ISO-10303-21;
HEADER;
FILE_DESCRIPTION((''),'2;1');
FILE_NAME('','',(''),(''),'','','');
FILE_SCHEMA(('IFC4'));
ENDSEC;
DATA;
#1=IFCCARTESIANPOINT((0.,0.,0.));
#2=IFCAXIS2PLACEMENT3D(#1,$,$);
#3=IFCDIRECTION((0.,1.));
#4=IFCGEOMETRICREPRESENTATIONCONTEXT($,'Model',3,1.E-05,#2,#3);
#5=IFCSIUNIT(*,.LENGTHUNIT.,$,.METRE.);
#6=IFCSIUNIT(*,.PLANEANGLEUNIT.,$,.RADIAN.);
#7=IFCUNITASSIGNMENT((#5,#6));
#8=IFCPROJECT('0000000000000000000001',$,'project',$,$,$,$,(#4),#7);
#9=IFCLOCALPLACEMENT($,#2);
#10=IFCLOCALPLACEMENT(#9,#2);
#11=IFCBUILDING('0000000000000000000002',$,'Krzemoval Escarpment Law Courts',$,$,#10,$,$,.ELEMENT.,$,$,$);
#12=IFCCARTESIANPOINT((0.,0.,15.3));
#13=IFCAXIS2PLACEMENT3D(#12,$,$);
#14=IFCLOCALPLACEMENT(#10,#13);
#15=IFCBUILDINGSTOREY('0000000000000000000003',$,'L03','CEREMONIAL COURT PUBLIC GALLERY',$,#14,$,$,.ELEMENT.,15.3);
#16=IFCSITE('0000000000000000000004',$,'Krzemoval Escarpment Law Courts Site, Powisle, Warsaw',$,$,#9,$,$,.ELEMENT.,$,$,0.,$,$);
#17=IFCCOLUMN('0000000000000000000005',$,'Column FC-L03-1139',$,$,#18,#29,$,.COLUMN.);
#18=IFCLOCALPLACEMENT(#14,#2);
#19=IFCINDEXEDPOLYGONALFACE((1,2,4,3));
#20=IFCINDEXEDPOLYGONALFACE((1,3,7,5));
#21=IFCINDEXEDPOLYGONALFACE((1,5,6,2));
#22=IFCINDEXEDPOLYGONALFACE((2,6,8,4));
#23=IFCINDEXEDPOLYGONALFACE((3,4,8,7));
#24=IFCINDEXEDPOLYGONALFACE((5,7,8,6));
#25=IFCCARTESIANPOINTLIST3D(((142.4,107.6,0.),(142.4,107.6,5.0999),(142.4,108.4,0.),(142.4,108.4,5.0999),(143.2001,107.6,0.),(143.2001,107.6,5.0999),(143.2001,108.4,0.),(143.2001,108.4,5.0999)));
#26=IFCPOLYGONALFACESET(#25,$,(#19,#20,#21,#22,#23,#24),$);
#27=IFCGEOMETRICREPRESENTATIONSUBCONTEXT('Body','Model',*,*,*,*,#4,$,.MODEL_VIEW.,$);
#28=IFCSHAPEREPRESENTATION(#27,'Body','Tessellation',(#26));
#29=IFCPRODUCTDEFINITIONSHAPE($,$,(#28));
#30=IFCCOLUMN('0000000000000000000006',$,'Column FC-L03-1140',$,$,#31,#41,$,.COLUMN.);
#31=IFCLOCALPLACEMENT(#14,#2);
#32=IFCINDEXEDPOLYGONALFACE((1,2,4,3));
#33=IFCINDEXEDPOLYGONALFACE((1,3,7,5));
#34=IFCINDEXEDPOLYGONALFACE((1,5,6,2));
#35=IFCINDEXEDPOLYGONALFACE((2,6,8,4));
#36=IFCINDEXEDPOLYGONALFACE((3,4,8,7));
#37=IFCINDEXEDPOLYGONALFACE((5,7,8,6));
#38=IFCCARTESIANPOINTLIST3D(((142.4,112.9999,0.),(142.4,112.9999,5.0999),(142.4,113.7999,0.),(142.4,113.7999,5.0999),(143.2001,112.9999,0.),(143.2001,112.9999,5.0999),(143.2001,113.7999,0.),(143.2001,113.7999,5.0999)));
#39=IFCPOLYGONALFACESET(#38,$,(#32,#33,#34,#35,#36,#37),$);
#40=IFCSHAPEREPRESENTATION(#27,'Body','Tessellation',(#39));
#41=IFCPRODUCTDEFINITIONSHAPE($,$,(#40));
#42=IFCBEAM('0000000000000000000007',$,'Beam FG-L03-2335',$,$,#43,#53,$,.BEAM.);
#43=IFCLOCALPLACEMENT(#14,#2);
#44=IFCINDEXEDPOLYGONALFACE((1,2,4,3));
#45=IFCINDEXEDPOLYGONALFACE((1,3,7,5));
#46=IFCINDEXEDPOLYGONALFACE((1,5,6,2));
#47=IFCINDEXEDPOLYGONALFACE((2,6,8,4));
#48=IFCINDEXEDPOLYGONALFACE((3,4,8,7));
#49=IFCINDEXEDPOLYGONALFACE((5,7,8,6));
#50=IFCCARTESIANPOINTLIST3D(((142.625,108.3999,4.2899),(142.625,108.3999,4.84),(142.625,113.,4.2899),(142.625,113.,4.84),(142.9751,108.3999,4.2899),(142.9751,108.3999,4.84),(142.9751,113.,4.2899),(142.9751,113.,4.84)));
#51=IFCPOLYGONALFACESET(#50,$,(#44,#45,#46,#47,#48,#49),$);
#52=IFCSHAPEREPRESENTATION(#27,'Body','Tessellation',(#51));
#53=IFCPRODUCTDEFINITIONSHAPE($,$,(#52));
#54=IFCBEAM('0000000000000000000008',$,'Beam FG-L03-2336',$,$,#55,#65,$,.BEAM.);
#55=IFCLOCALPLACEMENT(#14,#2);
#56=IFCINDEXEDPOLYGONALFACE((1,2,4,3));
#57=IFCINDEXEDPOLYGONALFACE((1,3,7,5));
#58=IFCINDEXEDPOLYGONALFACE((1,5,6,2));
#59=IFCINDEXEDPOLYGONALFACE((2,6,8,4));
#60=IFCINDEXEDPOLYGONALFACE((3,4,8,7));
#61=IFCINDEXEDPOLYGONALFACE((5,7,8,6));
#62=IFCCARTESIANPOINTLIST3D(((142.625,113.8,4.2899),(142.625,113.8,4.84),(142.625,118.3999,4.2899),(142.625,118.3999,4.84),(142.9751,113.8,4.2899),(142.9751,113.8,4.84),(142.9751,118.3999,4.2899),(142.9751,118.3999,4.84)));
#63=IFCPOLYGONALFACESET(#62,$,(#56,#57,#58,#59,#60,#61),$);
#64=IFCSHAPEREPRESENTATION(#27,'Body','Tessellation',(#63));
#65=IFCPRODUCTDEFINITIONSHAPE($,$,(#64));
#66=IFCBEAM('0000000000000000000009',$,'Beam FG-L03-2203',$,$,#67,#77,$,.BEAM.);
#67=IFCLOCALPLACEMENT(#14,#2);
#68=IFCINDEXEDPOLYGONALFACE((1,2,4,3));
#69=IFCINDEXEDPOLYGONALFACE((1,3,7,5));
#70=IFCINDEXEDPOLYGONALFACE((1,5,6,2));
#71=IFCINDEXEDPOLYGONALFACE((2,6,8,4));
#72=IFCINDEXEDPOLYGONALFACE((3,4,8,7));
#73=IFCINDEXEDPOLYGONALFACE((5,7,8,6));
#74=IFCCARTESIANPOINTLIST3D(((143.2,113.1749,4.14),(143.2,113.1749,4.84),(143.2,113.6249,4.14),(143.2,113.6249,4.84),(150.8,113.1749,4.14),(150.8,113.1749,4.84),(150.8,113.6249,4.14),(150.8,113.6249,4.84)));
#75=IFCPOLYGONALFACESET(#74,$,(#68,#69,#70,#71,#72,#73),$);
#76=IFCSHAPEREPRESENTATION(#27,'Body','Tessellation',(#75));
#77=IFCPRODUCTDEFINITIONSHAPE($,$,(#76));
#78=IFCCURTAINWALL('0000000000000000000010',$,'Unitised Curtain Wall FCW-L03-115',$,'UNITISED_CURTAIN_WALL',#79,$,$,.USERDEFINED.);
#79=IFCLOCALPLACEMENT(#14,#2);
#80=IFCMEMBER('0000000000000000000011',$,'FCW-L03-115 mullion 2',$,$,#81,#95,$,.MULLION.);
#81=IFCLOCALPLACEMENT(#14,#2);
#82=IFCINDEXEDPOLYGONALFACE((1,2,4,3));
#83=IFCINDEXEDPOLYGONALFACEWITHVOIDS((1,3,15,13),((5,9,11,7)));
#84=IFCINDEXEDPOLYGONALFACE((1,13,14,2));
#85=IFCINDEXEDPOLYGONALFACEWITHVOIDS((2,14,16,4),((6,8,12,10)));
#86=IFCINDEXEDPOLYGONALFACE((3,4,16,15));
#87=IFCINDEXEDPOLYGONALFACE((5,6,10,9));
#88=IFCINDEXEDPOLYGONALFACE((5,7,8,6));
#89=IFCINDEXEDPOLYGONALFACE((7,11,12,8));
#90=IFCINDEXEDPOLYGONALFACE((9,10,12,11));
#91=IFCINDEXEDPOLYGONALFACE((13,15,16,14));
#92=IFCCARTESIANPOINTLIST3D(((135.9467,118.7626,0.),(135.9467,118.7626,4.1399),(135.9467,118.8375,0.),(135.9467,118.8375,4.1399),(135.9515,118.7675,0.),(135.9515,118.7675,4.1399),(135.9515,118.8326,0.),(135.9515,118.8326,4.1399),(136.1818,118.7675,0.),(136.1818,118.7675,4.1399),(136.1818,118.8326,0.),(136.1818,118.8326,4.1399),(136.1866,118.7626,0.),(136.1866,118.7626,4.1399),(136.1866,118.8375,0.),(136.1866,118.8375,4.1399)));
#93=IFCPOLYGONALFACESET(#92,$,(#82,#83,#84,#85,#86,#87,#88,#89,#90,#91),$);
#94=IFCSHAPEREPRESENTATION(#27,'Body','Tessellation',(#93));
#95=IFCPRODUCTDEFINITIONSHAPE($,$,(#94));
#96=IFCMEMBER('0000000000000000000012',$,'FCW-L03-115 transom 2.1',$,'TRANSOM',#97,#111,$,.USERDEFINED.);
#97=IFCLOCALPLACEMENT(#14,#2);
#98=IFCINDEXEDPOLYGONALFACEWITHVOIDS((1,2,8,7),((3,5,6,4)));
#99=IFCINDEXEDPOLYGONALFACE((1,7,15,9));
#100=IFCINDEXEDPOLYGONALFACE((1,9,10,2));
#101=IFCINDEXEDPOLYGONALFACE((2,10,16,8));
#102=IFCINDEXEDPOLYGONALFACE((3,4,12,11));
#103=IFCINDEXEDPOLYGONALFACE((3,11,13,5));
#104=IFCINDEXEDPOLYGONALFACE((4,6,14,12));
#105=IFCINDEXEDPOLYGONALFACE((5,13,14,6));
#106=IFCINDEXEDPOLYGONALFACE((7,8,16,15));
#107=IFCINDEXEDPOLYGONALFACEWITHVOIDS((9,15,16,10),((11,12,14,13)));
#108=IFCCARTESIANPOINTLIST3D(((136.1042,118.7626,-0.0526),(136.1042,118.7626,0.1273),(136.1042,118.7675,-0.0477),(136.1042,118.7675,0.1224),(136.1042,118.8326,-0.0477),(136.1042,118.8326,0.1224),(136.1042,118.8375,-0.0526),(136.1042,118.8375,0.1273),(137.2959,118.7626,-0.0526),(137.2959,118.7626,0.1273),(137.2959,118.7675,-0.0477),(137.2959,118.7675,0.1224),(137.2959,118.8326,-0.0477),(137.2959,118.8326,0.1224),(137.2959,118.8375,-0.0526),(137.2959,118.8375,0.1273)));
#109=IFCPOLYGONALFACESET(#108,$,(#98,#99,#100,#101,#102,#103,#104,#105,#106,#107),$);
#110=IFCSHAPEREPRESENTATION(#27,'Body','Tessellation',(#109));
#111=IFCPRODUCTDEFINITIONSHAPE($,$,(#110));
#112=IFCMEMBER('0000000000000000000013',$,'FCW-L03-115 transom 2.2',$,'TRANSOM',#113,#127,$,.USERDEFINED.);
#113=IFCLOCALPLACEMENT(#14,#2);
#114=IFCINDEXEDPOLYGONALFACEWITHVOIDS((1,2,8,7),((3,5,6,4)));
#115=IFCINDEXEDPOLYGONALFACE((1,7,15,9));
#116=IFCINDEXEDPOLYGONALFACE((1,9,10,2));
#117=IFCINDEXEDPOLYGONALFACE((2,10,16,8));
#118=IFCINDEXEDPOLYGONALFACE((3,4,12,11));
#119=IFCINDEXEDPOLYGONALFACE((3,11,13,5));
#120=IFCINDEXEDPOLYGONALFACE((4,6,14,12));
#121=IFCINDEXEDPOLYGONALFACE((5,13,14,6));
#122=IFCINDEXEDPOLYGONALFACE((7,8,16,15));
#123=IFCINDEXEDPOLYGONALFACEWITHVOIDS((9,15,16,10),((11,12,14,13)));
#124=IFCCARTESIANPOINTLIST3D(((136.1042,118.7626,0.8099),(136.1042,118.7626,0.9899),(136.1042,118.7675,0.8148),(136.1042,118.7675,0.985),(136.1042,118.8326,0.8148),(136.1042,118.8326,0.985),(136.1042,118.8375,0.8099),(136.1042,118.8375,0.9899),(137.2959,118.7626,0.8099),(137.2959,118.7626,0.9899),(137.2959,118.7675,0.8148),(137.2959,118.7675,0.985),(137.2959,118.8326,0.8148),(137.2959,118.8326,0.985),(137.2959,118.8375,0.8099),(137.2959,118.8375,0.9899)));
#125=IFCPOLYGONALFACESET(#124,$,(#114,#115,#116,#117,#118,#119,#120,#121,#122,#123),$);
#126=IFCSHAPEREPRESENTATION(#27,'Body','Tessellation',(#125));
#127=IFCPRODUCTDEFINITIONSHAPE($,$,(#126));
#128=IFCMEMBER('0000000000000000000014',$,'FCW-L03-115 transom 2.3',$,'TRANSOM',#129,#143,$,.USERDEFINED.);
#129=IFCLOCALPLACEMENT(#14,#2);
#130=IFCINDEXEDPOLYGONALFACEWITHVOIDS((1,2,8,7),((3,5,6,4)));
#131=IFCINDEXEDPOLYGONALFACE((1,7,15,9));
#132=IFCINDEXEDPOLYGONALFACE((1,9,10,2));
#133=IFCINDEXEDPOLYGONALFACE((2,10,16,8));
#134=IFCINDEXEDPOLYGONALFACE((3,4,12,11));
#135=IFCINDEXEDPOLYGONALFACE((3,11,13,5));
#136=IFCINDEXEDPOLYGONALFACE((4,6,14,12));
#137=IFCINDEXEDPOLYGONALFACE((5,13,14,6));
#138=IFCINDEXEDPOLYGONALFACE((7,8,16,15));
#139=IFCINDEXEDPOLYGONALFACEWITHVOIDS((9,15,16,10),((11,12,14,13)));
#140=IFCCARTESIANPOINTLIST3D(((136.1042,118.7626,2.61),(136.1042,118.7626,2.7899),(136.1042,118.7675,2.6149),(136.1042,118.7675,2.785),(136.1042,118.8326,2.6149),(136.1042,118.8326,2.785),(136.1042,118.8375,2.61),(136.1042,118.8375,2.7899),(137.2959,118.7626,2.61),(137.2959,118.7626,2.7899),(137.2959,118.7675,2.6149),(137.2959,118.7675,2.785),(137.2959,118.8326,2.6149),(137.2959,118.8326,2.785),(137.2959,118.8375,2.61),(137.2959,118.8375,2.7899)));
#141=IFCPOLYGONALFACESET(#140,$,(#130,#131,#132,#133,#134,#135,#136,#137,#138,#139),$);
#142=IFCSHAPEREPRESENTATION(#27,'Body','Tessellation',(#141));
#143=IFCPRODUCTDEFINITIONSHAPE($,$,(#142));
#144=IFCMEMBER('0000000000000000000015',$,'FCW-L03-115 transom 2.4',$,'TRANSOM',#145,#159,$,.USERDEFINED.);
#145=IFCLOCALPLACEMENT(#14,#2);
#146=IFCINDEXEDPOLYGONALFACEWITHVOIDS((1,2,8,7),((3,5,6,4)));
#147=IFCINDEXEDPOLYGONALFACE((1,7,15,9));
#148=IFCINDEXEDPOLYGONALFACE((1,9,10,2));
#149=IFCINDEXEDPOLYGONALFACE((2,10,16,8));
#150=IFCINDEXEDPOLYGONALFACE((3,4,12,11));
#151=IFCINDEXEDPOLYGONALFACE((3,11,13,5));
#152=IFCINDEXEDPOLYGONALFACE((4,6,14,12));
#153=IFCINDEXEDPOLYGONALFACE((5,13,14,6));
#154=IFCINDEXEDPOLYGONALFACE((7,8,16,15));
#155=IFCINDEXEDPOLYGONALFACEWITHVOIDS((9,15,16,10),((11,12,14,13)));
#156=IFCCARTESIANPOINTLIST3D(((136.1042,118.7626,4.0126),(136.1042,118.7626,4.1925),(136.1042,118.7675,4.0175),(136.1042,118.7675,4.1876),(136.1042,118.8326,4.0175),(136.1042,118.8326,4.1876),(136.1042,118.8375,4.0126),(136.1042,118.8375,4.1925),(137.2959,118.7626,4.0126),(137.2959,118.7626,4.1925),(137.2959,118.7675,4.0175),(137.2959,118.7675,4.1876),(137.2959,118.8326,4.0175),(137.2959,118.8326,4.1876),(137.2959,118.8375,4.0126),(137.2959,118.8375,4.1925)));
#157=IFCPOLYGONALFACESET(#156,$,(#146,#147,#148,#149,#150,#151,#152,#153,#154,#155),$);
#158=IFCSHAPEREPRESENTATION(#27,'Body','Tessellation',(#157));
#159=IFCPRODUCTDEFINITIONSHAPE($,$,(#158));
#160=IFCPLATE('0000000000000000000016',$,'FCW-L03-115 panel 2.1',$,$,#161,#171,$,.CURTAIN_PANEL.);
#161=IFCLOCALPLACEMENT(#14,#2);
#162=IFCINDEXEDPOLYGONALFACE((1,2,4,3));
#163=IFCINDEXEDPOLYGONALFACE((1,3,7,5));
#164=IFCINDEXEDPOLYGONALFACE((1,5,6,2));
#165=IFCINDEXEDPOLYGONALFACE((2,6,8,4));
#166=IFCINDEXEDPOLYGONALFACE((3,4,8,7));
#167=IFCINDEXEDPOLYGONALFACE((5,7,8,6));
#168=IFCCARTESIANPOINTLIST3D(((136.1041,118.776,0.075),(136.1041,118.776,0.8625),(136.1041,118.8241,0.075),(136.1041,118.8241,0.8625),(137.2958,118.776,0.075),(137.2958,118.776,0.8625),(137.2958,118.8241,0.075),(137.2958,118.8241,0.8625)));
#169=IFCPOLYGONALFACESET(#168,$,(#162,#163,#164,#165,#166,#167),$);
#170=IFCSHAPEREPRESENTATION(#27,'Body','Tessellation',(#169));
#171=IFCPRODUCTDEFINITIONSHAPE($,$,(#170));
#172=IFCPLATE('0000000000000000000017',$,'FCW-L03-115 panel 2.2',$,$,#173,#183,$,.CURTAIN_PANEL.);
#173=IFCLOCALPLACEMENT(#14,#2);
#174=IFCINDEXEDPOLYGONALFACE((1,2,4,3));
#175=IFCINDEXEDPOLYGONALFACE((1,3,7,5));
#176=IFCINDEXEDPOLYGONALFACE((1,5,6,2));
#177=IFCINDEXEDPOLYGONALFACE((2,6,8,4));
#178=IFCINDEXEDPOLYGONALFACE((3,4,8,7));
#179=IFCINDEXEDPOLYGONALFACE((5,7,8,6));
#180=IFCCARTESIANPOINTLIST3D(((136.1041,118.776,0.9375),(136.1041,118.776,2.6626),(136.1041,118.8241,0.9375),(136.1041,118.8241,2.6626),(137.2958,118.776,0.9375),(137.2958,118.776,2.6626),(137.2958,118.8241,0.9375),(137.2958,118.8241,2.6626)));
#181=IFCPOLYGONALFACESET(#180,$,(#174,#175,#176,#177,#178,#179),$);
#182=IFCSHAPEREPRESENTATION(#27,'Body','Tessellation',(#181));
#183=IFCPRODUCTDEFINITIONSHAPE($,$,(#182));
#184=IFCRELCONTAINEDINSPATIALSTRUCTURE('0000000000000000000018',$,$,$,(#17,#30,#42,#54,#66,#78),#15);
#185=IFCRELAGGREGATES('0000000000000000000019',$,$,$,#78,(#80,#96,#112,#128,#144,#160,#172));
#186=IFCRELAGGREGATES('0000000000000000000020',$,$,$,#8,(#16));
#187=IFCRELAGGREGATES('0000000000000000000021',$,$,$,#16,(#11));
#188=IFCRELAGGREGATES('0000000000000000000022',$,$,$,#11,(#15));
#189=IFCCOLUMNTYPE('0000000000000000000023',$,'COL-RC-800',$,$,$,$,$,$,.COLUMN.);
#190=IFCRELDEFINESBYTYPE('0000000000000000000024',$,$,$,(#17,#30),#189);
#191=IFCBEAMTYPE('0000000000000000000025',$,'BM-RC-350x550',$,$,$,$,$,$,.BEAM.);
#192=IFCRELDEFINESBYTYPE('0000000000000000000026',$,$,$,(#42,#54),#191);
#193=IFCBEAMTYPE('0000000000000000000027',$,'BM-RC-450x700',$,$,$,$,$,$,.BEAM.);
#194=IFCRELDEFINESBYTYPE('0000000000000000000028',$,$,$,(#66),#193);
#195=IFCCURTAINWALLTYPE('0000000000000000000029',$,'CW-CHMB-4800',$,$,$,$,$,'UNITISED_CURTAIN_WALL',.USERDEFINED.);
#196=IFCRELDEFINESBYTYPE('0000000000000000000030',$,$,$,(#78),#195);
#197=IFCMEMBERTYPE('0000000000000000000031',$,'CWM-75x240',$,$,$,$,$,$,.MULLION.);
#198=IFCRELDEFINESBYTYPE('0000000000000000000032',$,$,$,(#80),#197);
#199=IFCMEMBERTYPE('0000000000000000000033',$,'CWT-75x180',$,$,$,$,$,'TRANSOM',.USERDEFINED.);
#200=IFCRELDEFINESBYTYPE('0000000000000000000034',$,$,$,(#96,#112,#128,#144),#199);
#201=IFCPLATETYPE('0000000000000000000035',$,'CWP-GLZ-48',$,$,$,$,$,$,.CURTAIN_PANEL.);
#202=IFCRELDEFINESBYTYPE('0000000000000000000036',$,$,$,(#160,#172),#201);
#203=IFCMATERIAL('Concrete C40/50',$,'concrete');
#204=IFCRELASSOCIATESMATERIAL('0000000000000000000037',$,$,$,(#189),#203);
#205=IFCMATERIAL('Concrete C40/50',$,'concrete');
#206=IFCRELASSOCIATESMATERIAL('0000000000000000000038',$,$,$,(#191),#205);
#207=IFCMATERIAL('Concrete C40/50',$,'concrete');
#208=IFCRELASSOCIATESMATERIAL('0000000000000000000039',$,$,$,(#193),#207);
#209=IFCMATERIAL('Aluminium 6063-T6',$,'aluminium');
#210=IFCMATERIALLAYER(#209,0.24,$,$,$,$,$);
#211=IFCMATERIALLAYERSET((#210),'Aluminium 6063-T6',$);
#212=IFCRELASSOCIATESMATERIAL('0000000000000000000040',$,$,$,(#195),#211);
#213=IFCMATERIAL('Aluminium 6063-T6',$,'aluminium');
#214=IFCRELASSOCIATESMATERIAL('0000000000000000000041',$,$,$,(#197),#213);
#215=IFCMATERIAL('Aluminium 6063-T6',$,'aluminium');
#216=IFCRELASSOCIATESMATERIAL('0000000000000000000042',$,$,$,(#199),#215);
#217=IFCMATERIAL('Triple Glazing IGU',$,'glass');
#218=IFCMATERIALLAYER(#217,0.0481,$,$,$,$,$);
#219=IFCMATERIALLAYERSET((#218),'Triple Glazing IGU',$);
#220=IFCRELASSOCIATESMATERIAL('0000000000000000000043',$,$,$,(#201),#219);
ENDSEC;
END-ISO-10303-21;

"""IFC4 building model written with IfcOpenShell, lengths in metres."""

from ifc_helpers import new_model, si_unit, direction, frame, origin, origin_2d, place, context, subcontext, project, spatial, rectangle, hollow_rectangle, extrude, material, layer, layer_set, material_profile, profile_set, type_object, element, aggregate, save


model = new_model("IFC4")

# Units and contexts
model_context = context("Model", 3, precision=1e-05, world=origin(), true_north=direction((0.0, 1.0)))
body_context = subcontext(model_context, "Body", "Model", "MODEL_VIEW")
ifc_project = project(units=[si_unit("LENGTHUNIT", "METRE"), si_unit("PLANEANGLEUNIT", "RADIAN")], contexts=[model_context])

# Site, building, storey
site_placement = place(None, origin())
site = spatial("IfcSite", under=ifc_project, at=site_placement, Name="Krzemoval Escarpment Law Courts Site, Powisle, Warsaw", CompositionType="ELEMENT", RefElevation=0.0)
building_placement = place(site_placement, origin())
building = spatial("IfcBuilding", under=site, at=building_placement, Name="Krzemoval Escarpment Law Courts", CompositionType="ELEMENT")
storey_placement = place(building_placement, frame((0.0, 0.0, 15.3)))
storey = spatial("IfcBuildingStorey", under=building, at=storey_placement, Name="L03", Description="CEREMONIAL COURT PUBLIC GALLERY", CompositionType="ELEMENT", Elevation=15.3)

# Columns
ifc_material_1 = material(Name="Concrete C40/50", Category="concrete")
ifc_material_profile_1 = material_profile(ifc_material_1, rectangle(XDim=0.8, YDim=0.8, at=origin_2d()), Name="RC 800x800")
ifc_profile_set_1 = profile_set([ifc_material_profile_1], Name="Concrete C40/50")
column_type = type_object("IfcColumnType", Name="COL-RC-800", PredefinedType="COLUMN", material=ifc_profile_set_1)
for number, where, z_axis, x_axis, name in (
    (1, (142.8, 108.0, 0.0), (0.0, 0.0, 1.0), (1.0, 0.0, 0.0), "Column FC-L03-1139"),
    (2, (142.8, 113.3999, 0.0), (0.0, 0.0, 1.0), (1.0, 0.0, 0.0), "Column FC-L03-1140"),
):
    element("IfcColumn", number, at=place(storey_placement, frame(where, z_axis=z_axis, x_axis=x_axis)), inside=storey, type_object=column_type, Name=name, PredefinedType="COLUMN", context=body_context, shape_type="SweptSolid", body=[
        extrude(rectangle(XDim=0.8, YDim=0.8, at=origin_2d()), origin(), (0.0, 0.0, 1.0), 5.0999),
    ])

# Beams
ifc_material_2 = material(Name="Concrete C40/50", Category="concrete")
ifc_material_profile_2 = material_profile(ifc_material_2, rectangle(XDim=0.3501, YDim=0.55, at=origin_2d()), Name="RCB 350x550")
ifc_profile_set_2 = profile_set([ifc_material_profile_2], Name="Concrete C40/50")
beam_type_1 = type_object("IfcBeamType", Name="BM-RC-350x550", PredefinedType="BEAM", material=ifc_profile_set_2)
beam_1_placement = place(storey_placement, frame((142.8, 108.3999, 4.5649), z_axis=(0.0, 1.0, 0.0), x_axis=(-1.0, 0.0, 0.0)))
element("IfcBeam", 3, at=beam_1_placement, inside=storey, type_object=beam_type_1, Name="Beam FG-L03-2335", PredefinedType="BEAM", context=body_context, shape_type="SweptSolid", body=[
    extrude(rectangle(XDim=0.3501, YDim=0.55, at=origin_2d()), origin(), (0.0, 0.0, 1.0), 4.6001),
])
beam_2_placement = place(storey_placement, frame((142.8, 113.8, 4.5649), z_axis=(0.0, 1.0, 0.0), x_axis=(-1.0, 0.0, 0.0)))
element("IfcBeam", 4, at=beam_2_placement, inside=storey, type_object=beam_type_1, Name="Beam FG-L03-2336", PredefinedType="BEAM", context=body_context, shape_type="SweptSolid", body=[
    extrude(rectangle(XDim=0.3501, YDim=0.55, at=origin_2d()), origin(), (0.0, 0.0, 1.0), 4.5999),
])
ifc_material_3 = material(Name="Concrete C40/50", Category="concrete")
ifc_material_profile_3 = material_profile(ifc_material_3, rectangle(XDim=0.45, YDim=0.7, at=origin_2d()), Name="RCB 450x700")
ifc_profile_set_3 = profile_set([ifc_material_profile_3], Name="Concrete C40/50")
beam_type_2 = type_object("IfcBeamType", Name="BM-RC-450x700", PredefinedType="BEAM", material=ifc_profile_set_3)
beam_3_placement = place(storey_placement, frame((143.2, 113.3999, 4.49), z_axis=(1.0, 0.0, 0.0), x_axis=(0.0, 1.0, 0.0)))
element("IfcBeam", 5, at=beam_3_placement, inside=storey, type_object=beam_type_2, Name="Beam FG-L03-2203", PredefinedType="BEAM", context=body_context, shape_type="SweptSolid", body=[
    extrude(rectangle(XDim=0.45, YDim=0.7, at=origin_2d()), origin(), (0.0, 0.0, 1.0), 7.6001),
])

# Curtain wall, members, plates
ifc_material_4 = material(Name="Aluminium 6063-T6", Category="aluminium")
ifc_layer_1 = layer(ifc_material_4, 0.24)
ifc_layer_set_1 = layer_set([ifc_layer_1], Name="Aluminium 6063-T6")
curtain_wall_type = type_object("IfcCurtainWallType", Name="CW-CHMB-4800", ElementType="UNITISED_CURTAIN_WALL", PredefinedType="USERDEFINED", material=ifc_layer_set_1)
curtain_wall_placement = place(storey_placement, origin())
curtain_wall = element("IfcCurtainWall", 6, at=curtain_wall_placement, inside=storey, type_object=curtain_wall_type, Name="Unitised Curtain Wall FCW-L03-115", ObjectType="UNITISED_CURTAIN_WALL", PredefinedType="USERDEFINED")
ifc_material_5 = material(Name="Aluminium 6063-T6", Category="aluminium")
ifc_material_profile_4 = material_profile(ifc_material_5, hollow_rectangle(XDim=0.075, YDim=0.24, WallThickness=0.0049, at=origin_2d()), Name="ALU M75x240")
ifc_profile_set_4 = profile_set([ifc_material_profile_4], Name="Aluminium 6063-T6")
member_type_1 = type_object("IfcMemberType", Name="CWM-75x240", PredefinedType="MULLION", material=ifc_profile_set_4)
member_1_placement = place(storey_placement, frame((136.0667, 118.8, 0.0), z_axis=(0.0, 0.0, 1.0), x_axis=(0.0, 1.0, 0.0)))
member_1 = element("IfcMember", 7, at=member_1_placement, type_object=member_type_1, Name="FCW-L03-115 mullion 2", PredefinedType="MULLION", context=body_context, shape_type="SweptSolid", body=[
    extrude(hollow_rectangle(XDim=0.075, YDim=0.24, WallThickness=0.0049, at=origin_2d()), origin(), (0.0, 0.0, 1.0), 4.1399),
])
ifc_material_6 = material(Name="Aluminium 6063-T6", Category="aluminium")
ifc_material_profile_5 = material_profile(ifc_material_6, hollow_rectangle(XDim=0.075, YDim=0.1799, WallThickness=0.0049, at=origin_2d()), Name="ALU T75x180")
ifc_profile_set_5 = profile_set([ifc_material_profile_5], Name="Aluminium 6063-T6")
member_type_2 = type_object("IfcMemberType", Name="CWT-75x180", ElementType="TRANSOM", PredefinedType="USERDEFINED", material=ifc_profile_set_5)
member_2_placement = place(storey_placement, frame((136.1042, 118.8, 0.0374), z_axis=(1.0, 0.0, 0.0), x_axis=(0.0, 1.0, 0.0)))
member_2 = element("IfcMember", 8, at=member_2_placement, type_object=member_type_2, Name="FCW-L03-115 transom 2.1", ObjectType="TRANSOM", PredefinedType="USERDEFINED", context=body_context, shape_type="SweptSolid", body=[
    extrude(hollow_rectangle(XDim=0.075, YDim=0.1799, WallThickness=0.0049, at=origin_2d()), origin(), (0.0, 0.0, 1.0), 1.1917),
])
member_3_placement = place(storey_placement, frame((136.1042, 118.8, 0.8999), z_axis=(1.0, 0.0, 0.0), x_axis=(0.0, 1.0, 0.0)))
member_3 = element("IfcMember", 9, at=member_3_placement, type_object=member_type_2, Name="FCW-L03-115 transom 2.2", ObjectType="TRANSOM", PredefinedType="USERDEFINED", context=body_context, shape_type="SweptSolid", body=[
    extrude(hollow_rectangle(XDim=0.075, YDim=0.1799, WallThickness=0.0049, at=origin_2d()), origin(), (0.0, 0.0, 1.0), 1.1917),
])
member_4_placement = place(storey_placement, frame((136.1042, 118.8, 2.7), z_axis=(1.0, 0.0, 0.0), x_axis=(0.0, 1.0, 0.0)))
member_4 = element("IfcMember", 10, at=member_4_placement, type_object=member_type_2, Name="FCW-L03-115 transom 2.3", ObjectType="TRANSOM", PredefinedType="USERDEFINED", context=body_context, shape_type="SweptSolid", body=[
    extrude(hollow_rectangle(XDim=0.075, YDim=0.1799, WallThickness=0.0049, at=origin_2d()), origin(), (0.0, 0.0, 1.0), 1.1917),
])
member_5_placement = place(storey_placement, frame((136.1042, 118.8, 4.1025), z_axis=(1.0, 0.0, 0.0), x_axis=(0.0, 1.0, 0.0)))
member_5 = element("IfcMember", 11, at=member_5_placement, type_object=member_type_2, Name="FCW-L03-115 transom 2.4", ObjectType="TRANSOM", PredefinedType="USERDEFINED", context=body_context, shape_type="SweptSolid", body=[
    extrude(hollow_rectangle(XDim=0.075, YDim=0.1799, WallThickness=0.0049, at=origin_2d()), origin(), (0.0, 0.0, 1.0), 1.1917),
])
ifc_material_7 = material(Name="Triple Glazing IGU", Category="glass")
ifc_layer_2 = layer(ifc_material_7, 0.0481)
ifc_layer_set_2 = layer_set([ifc_layer_2], Name="Triple Glazing IGU")
plate_type = type_object("IfcPlateType", Name="CWP-GLZ-48", PredefinedType="CURTAIN_PANEL", material=ifc_layer_set_2)
plate_1_placement = place(storey_placement, frame((136.7, 118.8, 0.075), z_axis=(0.0, 0.0, 1.0), x_axis=(1.0, 0.0, 0.0)))
plate_1 = element("IfcPlate", 12, at=plate_1_placement, type_object=plate_type, Name="FCW-L03-115 panel 2.1", PredefinedType="CURTAIN_PANEL", context=body_context, shape_type="SweptSolid", body=[
    extrude(rectangle(XDim=1.1917, YDim=0.0481, at=origin_2d()), origin(), (0.0, 0.0, 1.0), 0.7876),
])
plate_2_placement = place(storey_placement, frame((136.7, 118.8, 0.9375), z_axis=(0.0, 0.0, 1.0), x_axis=(1.0, 0.0, 0.0)))
plate_2 = element("IfcPlate", 13, at=plate_2_placement, type_object=plate_type, Name="FCW-L03-115 panel 2.2", PredefinedType="CURTAIN_PANEL", context=body_context, shape_type="SweptSolid", body=[
    extrude(rectangle(XDim=1.1917, YDim=0.0481, at=origin_2d()), origin(), (0.0, 0.0, 1.0), 1.7251),
])
aggregate(curtain_wall, [member_1, member_2, member_3, member_4, member_5, plate_1, plate_2])

save(model, "model.ifc")
